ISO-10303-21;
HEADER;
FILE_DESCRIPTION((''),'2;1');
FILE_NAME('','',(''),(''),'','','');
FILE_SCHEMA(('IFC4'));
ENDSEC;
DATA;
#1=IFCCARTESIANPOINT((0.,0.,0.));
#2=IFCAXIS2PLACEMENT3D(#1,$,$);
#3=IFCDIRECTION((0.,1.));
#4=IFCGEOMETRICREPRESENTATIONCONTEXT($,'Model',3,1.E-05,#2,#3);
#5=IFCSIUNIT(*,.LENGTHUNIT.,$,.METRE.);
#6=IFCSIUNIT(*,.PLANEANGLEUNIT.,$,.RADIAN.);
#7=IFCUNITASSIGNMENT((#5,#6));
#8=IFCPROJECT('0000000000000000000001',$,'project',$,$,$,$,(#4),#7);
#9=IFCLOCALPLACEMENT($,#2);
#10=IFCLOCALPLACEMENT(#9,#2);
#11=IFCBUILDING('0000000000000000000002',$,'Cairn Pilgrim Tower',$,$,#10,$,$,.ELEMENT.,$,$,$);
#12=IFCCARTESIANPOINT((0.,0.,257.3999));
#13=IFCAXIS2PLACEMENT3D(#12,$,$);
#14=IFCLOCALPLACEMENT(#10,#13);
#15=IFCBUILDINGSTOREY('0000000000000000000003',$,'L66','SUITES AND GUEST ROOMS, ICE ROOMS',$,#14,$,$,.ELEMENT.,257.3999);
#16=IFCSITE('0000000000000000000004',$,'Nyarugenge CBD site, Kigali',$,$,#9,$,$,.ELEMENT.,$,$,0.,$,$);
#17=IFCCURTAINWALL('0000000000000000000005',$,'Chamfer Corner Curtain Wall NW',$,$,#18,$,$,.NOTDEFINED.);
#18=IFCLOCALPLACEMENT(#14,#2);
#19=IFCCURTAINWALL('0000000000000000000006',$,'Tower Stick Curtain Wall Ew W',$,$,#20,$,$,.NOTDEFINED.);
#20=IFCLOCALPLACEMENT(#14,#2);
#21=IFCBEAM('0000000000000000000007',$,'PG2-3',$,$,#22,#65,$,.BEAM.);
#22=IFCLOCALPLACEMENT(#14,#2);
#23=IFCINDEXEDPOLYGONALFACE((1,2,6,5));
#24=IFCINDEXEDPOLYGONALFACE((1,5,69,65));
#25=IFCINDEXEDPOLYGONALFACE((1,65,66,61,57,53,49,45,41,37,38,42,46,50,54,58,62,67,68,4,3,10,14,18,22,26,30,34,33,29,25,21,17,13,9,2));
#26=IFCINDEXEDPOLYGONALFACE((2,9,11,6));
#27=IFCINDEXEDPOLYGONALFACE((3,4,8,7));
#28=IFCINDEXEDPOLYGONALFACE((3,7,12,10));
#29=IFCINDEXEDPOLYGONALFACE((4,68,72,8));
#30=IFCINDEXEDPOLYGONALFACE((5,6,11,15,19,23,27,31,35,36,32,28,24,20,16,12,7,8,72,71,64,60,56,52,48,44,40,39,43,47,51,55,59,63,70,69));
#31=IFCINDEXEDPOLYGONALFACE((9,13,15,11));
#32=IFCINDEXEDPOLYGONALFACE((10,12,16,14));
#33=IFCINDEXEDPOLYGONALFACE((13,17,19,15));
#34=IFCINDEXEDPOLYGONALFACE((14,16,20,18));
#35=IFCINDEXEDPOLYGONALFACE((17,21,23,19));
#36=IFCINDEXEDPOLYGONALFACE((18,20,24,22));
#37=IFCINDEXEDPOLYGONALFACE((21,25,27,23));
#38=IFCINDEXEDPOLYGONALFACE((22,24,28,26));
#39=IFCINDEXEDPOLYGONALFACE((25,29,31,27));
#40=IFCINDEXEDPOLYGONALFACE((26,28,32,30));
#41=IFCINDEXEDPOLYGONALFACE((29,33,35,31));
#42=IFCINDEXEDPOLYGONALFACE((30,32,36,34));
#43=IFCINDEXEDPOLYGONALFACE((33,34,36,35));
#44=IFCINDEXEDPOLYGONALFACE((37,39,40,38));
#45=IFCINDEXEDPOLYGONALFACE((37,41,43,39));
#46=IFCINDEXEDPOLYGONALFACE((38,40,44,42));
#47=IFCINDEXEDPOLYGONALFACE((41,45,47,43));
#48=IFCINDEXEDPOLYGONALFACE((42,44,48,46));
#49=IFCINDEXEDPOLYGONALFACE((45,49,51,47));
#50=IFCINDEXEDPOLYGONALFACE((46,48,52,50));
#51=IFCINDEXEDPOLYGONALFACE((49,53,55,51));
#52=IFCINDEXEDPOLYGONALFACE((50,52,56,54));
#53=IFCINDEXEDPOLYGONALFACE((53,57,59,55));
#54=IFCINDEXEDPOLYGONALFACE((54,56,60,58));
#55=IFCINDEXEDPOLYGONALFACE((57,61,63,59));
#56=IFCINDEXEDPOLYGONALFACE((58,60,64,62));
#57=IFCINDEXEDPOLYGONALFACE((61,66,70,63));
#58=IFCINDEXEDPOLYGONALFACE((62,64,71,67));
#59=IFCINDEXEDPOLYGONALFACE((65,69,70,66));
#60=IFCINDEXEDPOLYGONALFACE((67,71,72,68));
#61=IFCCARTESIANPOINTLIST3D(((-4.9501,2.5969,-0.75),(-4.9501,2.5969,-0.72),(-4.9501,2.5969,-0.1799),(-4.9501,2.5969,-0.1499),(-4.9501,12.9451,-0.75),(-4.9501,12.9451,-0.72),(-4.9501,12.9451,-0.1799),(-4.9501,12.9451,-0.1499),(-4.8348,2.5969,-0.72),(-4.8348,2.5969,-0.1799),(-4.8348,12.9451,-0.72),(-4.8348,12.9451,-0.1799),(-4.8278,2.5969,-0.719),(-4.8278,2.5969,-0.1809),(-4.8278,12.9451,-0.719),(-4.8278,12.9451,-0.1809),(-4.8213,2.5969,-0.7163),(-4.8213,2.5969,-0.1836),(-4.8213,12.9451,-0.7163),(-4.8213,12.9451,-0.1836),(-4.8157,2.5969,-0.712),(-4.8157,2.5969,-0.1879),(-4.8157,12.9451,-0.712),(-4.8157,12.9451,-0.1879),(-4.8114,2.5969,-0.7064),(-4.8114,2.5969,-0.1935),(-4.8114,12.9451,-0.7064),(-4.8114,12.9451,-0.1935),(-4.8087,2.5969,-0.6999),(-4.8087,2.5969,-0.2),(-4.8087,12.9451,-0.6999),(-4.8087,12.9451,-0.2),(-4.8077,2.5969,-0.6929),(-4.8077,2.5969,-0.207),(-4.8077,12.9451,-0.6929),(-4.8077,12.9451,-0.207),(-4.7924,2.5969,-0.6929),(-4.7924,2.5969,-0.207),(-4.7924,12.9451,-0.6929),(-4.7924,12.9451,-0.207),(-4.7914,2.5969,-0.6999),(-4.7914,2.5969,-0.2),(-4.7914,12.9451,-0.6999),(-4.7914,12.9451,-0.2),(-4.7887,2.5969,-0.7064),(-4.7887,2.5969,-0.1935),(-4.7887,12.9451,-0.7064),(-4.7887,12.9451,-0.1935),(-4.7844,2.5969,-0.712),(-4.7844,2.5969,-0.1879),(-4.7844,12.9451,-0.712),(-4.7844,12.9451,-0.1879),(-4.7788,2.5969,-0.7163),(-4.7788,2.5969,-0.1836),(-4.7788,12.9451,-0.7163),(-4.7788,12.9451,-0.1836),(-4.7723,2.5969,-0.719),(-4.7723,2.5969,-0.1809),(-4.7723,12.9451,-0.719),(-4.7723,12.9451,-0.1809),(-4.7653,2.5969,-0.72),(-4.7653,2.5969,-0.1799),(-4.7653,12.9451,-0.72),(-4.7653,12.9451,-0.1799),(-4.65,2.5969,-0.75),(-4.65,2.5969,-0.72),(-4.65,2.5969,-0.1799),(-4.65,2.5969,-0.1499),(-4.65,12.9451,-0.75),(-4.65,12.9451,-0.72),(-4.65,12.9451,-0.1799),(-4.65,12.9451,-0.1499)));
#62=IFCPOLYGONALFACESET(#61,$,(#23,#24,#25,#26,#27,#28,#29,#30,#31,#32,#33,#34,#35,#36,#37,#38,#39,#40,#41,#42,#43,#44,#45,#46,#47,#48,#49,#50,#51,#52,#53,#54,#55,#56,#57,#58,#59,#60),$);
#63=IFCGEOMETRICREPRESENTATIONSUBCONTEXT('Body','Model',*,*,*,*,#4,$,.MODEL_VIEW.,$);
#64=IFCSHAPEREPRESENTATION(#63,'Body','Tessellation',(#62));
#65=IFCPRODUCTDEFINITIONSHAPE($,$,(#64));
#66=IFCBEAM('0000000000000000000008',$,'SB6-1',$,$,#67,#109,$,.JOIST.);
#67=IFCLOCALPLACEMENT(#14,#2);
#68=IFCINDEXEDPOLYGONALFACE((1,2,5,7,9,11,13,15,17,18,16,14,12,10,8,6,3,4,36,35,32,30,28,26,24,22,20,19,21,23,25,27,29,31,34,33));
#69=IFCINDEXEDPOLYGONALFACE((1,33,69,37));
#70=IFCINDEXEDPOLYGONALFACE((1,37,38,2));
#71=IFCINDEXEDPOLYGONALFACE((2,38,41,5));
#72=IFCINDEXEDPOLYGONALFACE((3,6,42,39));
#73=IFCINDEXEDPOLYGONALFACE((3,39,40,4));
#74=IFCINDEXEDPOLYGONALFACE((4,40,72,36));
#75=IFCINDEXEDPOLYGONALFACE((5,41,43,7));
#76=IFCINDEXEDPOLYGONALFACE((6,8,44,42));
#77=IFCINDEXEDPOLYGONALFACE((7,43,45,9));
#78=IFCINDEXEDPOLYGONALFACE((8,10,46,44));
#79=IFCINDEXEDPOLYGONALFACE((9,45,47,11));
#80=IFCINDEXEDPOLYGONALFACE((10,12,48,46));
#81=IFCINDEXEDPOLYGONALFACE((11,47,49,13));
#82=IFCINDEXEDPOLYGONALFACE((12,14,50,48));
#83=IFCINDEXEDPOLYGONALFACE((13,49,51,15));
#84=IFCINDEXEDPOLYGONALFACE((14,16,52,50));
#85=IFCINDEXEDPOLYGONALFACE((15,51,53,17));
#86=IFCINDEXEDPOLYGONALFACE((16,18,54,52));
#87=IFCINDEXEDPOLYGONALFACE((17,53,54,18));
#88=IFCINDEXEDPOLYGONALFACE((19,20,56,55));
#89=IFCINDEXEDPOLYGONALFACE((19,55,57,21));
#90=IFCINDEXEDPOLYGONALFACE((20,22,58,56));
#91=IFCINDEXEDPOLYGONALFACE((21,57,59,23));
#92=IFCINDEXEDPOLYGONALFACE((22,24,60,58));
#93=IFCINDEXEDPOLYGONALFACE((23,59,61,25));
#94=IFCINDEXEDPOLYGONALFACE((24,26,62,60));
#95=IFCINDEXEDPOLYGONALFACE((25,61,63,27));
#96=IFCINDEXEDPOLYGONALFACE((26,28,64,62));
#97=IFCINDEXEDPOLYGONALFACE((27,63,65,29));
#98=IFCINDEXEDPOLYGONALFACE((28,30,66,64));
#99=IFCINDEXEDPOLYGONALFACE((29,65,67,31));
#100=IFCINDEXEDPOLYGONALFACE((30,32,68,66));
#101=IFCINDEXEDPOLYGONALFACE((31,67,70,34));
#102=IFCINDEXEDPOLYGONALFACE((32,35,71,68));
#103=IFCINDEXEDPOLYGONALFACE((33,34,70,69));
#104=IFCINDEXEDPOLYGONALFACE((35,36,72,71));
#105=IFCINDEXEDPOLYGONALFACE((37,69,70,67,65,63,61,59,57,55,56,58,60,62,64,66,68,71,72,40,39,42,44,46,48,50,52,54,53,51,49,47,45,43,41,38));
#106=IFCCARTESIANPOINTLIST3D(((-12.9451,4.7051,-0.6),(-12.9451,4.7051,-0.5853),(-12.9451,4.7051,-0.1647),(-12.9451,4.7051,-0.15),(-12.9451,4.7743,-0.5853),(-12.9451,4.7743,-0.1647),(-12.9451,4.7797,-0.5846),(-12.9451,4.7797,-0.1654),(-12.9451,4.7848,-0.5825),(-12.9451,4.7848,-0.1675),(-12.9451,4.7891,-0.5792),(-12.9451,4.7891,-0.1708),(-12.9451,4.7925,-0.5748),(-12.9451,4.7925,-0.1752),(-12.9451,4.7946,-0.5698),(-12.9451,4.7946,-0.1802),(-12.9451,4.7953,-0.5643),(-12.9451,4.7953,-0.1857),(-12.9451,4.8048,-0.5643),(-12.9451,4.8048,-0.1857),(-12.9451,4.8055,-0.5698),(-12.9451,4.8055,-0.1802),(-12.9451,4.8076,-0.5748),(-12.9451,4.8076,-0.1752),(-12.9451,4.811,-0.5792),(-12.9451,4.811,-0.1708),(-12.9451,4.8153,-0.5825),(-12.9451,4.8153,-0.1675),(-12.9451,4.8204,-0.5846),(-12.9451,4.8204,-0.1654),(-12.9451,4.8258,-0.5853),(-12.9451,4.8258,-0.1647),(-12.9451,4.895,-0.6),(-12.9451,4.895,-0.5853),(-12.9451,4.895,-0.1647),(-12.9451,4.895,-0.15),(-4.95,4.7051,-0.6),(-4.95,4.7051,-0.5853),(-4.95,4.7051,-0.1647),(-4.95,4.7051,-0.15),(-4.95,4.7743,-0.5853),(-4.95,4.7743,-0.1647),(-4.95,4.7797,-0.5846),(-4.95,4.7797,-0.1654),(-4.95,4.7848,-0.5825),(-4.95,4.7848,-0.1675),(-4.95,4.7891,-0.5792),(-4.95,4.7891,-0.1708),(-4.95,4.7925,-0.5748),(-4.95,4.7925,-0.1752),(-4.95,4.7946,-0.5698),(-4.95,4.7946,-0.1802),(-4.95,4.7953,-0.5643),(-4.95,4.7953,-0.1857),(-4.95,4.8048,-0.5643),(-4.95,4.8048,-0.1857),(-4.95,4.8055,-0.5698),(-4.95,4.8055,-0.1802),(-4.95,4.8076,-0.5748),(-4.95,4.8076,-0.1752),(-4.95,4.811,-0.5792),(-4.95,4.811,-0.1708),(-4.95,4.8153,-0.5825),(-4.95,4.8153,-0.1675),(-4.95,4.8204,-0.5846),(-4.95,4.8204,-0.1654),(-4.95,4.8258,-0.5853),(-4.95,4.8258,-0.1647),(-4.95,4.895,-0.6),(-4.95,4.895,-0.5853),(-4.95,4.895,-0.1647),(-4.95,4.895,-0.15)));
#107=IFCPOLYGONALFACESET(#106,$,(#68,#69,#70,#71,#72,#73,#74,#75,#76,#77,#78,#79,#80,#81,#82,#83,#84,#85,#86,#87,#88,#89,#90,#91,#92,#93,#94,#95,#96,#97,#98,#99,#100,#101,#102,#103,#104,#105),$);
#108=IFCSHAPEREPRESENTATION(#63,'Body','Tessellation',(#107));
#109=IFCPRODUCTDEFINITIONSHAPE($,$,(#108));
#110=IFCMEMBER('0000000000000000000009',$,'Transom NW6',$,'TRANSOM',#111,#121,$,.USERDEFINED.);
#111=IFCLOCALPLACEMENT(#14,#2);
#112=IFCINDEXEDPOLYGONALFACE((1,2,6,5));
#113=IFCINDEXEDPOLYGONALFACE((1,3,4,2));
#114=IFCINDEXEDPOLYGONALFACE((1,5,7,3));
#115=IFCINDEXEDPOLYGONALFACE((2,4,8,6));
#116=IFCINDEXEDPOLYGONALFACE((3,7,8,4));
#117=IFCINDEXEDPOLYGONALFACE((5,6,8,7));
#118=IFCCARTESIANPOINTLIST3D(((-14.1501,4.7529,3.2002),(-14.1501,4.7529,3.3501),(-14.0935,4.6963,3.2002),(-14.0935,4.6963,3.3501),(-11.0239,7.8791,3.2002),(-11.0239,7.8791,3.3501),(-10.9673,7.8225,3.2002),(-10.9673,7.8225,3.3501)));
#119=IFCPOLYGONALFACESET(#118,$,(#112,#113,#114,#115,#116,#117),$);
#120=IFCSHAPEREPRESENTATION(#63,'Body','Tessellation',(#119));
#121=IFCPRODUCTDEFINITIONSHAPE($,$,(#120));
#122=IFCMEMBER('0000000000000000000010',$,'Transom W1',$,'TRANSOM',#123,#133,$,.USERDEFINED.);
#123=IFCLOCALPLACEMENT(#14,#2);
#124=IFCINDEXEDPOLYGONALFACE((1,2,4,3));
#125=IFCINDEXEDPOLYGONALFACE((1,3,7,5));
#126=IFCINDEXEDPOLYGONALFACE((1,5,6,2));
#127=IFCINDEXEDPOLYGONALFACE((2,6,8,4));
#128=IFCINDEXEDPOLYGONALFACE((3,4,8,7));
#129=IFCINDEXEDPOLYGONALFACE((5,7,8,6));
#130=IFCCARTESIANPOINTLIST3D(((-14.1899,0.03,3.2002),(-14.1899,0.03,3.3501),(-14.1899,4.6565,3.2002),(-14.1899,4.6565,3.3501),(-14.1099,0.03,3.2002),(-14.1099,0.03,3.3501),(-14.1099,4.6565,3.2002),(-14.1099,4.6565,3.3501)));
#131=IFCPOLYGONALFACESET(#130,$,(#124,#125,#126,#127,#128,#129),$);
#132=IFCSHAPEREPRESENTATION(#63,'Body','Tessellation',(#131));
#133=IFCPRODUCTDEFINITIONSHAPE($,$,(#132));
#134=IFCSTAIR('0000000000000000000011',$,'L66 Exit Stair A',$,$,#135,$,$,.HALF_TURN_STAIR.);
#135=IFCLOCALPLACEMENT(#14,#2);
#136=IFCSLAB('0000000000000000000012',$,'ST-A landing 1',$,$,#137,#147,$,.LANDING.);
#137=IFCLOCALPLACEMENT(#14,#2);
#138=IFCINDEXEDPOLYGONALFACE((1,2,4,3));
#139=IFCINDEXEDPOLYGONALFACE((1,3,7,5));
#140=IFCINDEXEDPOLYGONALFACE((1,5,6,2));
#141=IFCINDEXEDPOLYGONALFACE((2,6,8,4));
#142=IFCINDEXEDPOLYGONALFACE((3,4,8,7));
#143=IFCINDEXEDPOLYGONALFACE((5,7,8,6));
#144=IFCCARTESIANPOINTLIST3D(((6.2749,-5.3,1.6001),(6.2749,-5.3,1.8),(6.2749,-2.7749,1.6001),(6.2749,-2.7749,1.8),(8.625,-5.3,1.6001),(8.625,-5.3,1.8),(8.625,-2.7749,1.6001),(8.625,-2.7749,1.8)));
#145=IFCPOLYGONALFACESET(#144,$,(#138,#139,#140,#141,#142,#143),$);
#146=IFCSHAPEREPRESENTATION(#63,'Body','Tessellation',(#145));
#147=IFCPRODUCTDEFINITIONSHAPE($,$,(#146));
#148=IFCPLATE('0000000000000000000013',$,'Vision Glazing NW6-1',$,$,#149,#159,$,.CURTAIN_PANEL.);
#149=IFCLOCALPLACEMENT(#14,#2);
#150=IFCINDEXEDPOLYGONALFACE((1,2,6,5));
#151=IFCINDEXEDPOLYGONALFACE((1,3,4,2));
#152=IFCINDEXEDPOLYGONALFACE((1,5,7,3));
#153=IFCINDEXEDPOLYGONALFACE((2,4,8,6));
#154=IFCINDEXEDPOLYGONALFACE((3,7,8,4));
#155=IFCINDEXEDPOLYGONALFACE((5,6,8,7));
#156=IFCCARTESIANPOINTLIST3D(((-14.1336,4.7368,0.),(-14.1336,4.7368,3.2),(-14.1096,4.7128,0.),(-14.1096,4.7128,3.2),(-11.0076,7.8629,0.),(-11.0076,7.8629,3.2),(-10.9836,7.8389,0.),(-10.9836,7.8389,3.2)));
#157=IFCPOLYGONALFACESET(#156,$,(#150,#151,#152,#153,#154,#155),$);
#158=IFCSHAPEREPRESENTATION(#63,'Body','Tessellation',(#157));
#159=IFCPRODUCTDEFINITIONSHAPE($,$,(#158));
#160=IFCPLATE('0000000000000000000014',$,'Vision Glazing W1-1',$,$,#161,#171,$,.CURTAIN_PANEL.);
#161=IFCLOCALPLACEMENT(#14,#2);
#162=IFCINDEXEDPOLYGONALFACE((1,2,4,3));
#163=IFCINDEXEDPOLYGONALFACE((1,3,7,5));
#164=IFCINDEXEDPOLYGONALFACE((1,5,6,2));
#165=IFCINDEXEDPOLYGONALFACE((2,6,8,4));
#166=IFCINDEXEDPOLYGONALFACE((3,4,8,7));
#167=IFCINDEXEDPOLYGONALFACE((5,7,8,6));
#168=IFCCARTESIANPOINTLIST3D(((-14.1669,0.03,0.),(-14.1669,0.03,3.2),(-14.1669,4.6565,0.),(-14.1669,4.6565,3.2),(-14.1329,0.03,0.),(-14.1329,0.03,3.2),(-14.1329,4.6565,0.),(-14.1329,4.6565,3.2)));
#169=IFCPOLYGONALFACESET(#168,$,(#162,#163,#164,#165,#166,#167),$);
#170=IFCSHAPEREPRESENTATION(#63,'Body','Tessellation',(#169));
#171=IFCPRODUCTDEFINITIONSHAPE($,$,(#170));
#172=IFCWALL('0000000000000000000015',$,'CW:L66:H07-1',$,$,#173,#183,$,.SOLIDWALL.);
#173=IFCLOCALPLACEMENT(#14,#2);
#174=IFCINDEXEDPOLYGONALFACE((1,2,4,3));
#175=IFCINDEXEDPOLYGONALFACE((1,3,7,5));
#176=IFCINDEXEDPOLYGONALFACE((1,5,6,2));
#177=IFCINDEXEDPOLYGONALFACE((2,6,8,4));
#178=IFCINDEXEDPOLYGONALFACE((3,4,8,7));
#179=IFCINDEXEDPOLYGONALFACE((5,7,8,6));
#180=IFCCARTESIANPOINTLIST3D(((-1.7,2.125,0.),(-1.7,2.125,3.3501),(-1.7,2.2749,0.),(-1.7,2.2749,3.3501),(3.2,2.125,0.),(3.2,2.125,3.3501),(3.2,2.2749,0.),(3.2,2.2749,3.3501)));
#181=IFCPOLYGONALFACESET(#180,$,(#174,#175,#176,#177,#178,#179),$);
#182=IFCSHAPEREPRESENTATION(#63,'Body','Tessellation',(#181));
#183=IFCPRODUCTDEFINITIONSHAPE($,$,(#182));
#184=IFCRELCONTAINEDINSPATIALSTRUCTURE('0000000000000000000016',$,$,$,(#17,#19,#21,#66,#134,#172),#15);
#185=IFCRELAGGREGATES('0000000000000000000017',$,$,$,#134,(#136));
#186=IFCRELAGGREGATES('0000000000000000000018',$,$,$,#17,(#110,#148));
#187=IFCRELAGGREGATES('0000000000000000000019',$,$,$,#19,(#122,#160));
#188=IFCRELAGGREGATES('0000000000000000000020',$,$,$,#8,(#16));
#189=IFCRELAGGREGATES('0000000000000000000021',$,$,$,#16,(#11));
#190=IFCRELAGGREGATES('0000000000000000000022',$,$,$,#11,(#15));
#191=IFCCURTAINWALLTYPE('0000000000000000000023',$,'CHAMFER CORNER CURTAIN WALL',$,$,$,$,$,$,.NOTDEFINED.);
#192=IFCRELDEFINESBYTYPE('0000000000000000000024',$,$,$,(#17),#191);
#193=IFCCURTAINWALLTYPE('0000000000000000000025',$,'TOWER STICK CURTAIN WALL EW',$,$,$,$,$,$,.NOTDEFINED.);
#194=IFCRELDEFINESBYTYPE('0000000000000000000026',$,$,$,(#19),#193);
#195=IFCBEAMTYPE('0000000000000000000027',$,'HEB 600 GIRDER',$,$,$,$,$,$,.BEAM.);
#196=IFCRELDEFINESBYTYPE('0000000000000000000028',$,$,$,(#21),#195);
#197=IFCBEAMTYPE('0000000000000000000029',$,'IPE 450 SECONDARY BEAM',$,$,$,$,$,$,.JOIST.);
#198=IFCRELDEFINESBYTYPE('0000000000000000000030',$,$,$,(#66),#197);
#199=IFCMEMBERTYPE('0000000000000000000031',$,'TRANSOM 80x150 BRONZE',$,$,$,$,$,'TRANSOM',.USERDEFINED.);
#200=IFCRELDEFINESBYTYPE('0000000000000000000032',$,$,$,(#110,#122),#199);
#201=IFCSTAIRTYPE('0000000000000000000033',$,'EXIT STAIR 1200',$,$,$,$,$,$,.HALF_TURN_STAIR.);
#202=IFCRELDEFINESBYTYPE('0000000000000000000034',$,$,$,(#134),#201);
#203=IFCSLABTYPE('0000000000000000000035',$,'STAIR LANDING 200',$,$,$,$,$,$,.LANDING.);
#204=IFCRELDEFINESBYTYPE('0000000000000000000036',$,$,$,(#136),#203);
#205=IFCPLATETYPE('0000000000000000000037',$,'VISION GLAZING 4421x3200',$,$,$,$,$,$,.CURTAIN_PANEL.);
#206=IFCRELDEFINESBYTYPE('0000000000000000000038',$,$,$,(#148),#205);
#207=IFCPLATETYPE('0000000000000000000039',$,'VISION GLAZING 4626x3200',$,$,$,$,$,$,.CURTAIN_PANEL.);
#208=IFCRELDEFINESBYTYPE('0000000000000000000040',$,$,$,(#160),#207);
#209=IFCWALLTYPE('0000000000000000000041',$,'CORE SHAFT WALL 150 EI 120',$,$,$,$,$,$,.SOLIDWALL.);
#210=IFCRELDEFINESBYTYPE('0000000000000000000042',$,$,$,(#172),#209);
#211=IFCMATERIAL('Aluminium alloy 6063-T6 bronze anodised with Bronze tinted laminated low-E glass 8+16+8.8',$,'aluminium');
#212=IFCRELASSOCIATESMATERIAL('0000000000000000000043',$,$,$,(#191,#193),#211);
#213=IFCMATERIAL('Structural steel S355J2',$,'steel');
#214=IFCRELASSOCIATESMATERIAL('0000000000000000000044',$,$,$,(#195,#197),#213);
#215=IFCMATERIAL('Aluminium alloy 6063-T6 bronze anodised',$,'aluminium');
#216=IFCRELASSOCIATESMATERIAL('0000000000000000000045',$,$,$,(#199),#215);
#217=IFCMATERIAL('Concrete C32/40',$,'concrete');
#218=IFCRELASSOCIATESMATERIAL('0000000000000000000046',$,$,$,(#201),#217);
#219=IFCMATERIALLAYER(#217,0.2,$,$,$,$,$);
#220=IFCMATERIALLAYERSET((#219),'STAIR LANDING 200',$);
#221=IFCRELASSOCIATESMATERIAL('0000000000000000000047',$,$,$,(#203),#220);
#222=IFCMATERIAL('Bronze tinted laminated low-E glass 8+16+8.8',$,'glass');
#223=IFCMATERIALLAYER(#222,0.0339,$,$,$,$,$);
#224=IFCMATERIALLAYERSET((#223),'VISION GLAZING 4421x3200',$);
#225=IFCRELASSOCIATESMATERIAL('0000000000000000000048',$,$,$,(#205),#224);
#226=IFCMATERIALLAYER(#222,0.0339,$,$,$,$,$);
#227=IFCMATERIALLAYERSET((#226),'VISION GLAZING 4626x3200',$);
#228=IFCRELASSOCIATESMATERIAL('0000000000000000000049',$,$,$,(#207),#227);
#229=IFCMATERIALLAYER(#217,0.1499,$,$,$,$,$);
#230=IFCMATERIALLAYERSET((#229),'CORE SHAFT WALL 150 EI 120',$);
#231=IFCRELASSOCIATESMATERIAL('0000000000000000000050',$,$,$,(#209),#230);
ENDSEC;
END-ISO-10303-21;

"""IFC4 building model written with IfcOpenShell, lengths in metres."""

from ifc_helpers import new_model, si_unit, direction, frame, frame_2d, origin, origin_2d, place, context, subcontext, project, spatial, polyline, rectangle, i_section, outline, extrude, material, layer, layer_set, material_profile, profile_set, type_object, element, aggregate, save


model = new_model("IFC4")

# Units and contexts
model_context = context("Model", 3, precision=1e-05, world=origin(), true_north=direction((0.0, 1.0)))
body_context = subcontext(model_context, "Body", "Model", "MODEL_VIEW")
ifc_project = project(units=[si_unit("LENGTHUNIT", "METRE"), si_unit("PLANEANGLEUNIT", "RADIAN")], contexts=[model_context])

# Site, building, storey
site_placement = place(None, origin())
site = spatial("IfcSite", under=ifc_project, at=site_placement, Name="Nyarugenge CBD site, Kigali", CompositionType="ELEMENT", RefElevation=0.0)
building_placement = place(site_placement, origin())
building = spatial("IfcBuilding", under=site, at=building_placement, Name="Cairn Pilgrim Tower", CompositionType="ELEMENT")
storey_placement = place(building_placement, frame((0.0, 0.0, 257.3999)))
storey = spatial("IfcBuildingStorey", under=building, at=storey_placement, Name="L66", Description="SUITES AND GUEST ROOMS, ICE ROOMS", CompositionType="ELEMENT", Elevation=257.3999)

# Shared definitions
ifc_material_1 = material(Name="Structural steel S355J2", Category="steel")

# Curtain walls
ifc_material_2 = material(Name="Aluminium alloy 6063-T6 bronze anodised with Bronze tinted laminated low-E glass 8+16+8.8", Category="aluminium")
curtain_wall_type_1 = type_object("IfcCurtainWallType", Name="CHAMFER CORNER CURTAIN WALL", PredefinedType="NOTDEFINED", material=ifc_material_2)
curtain_wall_1_placement = place(storey_placement, origin())
curtain_wall_1 = element("IfcCurtainWall", 1, at=curtain_wall_1_placement, inside=storey, type_object=curtain_wall_type_1, Name="Chamfer Corner Curtain Wall NW", PredefinedType="NOTDEFINED")
ifc_material_3 = material(Name="Aluminium alloy 6063-T6 bronze anodised", Category="aluminium")
curtain_wall_type_2 = type_object("IfcCurtainWallType", Name="TOWER STICK CURTAIN WALL EW", PredefinedType="NOTDEFINED", material=ifc_material_2)
curtain_wall_2_placement = place(storey_placement, origin())
curtain_wall_2 = element("IfcCurtainWall", 2, at=curtain_wall_2_placement, inside=storey, type_object=curtain_wall_type_2, Name="Tower Stick Curtain Wall Ew W", PredefinedType="NOTDEFINED")

# Beams
ifc_material_profile_1 = material_profile(ifc_material_1, i_section(OverallWidth=0.3, OverallDepth=0.6001, WebThickness=0.0154, FlangeThickness=0.03, FilletRadius=0.0271, at=origin_2d()), Name="HEB 600")
ifc_profile_set_1 = profile_set([ifc_material_profile_1], Name="Structural steel S355J2")
beam_type_1 = type_object("IfcBeamType", Name="HEB 600 GIRDER", PredefinedType="BEAM", material=ifc_profile_set_1)
beam_1_placement = place(storey_placement, frame((-4.8, 2.5969, -0.45), z_axis=(0.0, 1.0, 0.0), x_axis=(-1.0, 0.0, 0.0)))
element("IfcBeam", 3, at=beam_1_placement, inside=storey, type_object=beam_type_1, Name="PG2-3", PredefinedType="BEAM", context=body_context, shape_type="SweptSolid", body=[
    extrude(i_section(OverallWidth=0.3, OverallDepth=0.6001, WebThickness=0.0154, FlangeThickness=0.03, FilletRadius=0.0271, at=origin_2d()), origin(), (0.0, 0.0, 1.0), 10.3481),
])
ifc_material_profile_2 = material_profile(ifc_material_1, i_section(OverallWidth=0.1899, OverallDepth=0.45, WebThickness=0.0095, FlangeThickness=0.0146, FilletRadius=0.021, at=origin_2d()), Name="IPE 450")
ifc_profile_set_2 = profile_set([ifc_material_profile_2], Name="Structural steel S355J2")
beam_type_2 = type_object("IfcBeamType", Name="IPE 450 SECONDARY BEAM", PredefinedType="JOIST", material=ifc_profile_set_2)
beam_2_placement = place(storey_placement, frame((-12.9451, 4.8, -0.375), z_axis=(1.0, 0.0, 0.0), x_axis=(0.0, 1.0, 0.0)))
element("IfcBeam", 4, at=beam_2_placement, inside=storey, type_object=beam_type_2, Name="SB6-1", PredefinedType="JOIST", context=body_context, shape_type="SweptSolid", body=[
    extrude(i_section(OverallWidth=0.1899, OverallDepth=0.45, WebThickness=0.0095, FlangeThickness=0.0146, FilletRadius=0.021, at=origin_2d()), origin(), (0.0, 0.0, 1.0), 7.9951),
])

# Members
ifc_material_profile_3 = material_profile(ifc_material_3, rectangle(XDim=0.0801, YDim=0.1499, at=origin_2d()), Name="TRANSOM 80x150 BRONZE")
ifc_profile_set_3 = profile_set([ifc_material_profile_3], Name="Aluminium alloy 6063-T6 bronze anodised")
member_type_1 = type_object("IfcMemberType", Name="TRANSOM 80x150 BRONZE", ElementType="TRANSOM", PredefinedType="USERDEFINED", material=ifc_profile_set_3)
member_1_placement = place(storey_placement, frame((-10.9956, 7.8508, 3.2751), z_axis=(-0.707107, -0.707107, 0.0), x_axis=(0.707107, -0.707107, 0.0)))
member_1 = element("IfcMember", 5, at=member_1_placement, type_object=member_type_1, Name="Transom NW6", ObjectType="TRANSOM", PredefinedType="USERDEFINED", context=body_context, shape_type="SweptSolid", body=[
    extrude(rectangle(XDim=0.0801, YDim=0.1499, at=origin_2d()), origin(), (0.0, 0.0, 1.0), 4.4211),
])
member_2_placement = place(storey_placement, frame((-14.1499, 4.6565, 3.2751), z_axis=(0.0, -1.0, 0.0), x_axis=(1.0, 0.0, 0.0)))
member_2 = element("IfcMember", 6, at=member_2_placement, type_object=member_type_1, Name="Transom W1", ObjectType="TRANSOM", PredefinedType="USERDEFINED", context=body_context, shape_type="SweptSolid", body=[
    extrude(rectangle(XDim=0.0801, YDim=0.1499, at=origin_2d()), origin(), (0.0, 0.0, 1.0), 4.6265),
])

# Stair, slab
ifc_material_4 = material(Name="Concrete C32/40", Category="concrete")
stair_type = type_object("IfcStairType", Name="EXIT STAIR 1200", PredefinedType="HALF_TURN_STAIR", material=ifc_material_4)
stair_placement = place(storey_placement, origin())
stair = element("IfcStair", 7, at=stair_placement, inside=storey, type_object=stair_type, Name="L66 Exit Stair A", PredefinedType="HALF_TURN_STAIR")
ifc_layer_1 = layer(ifc_material_4, 0.2)
ifc_layer_set_1 = layer_set([ifc_layer_1], Name="STAIR LANDING 200")
slab_type_1 = type_object("IfcSlabType", Name="STAIR LANDING 200", PredefinedType="LANDING", material=ifc_layer_set_1)
slab_1_placement = place(storey_placement, frame((0.0, 0.0, 1.6001)))
slab_1 = element("IfcSlab", 8, at=slab_1_placement, type_object=slab_type_1, Name="ST-A landing 1", PredefinedType="LANDING", context=body_context, shape_type="SweptSolid", body=[
    extrude(outline(polyline([(8.625, -2.7749), (6.2749, -2.7749), (6.2749, -5.3), (8.625, -5.3), (8.625, -2.7749)])), origin(), (0.0, 0.0, 1.0), 0.2),
])
aggregate(stair, [slab_1])

# Plates
ifc_material_5 = material(Name="Bronze tinted laminated low-E glass 8+16+8.8", Category="glass")
ifc_layer_2 = layer(ifc_material_5, 0.0339)
ifc_layer_set_2 = layer_set([ifc_layer_2], Name="VISION GLAZING 4421x3200")
plate_type_1 = type_object("IfcPlateType", Name="VISION GLAZING 4421x3200", PredefinedType="CURTAIN_PANEL", material=ifc_layer_set_2)
plate_1_placement = place(storey_placement, frame((-12.5586, 6.2878, 0.0), z_axis=(0.0, 0.0, 1.0), x_axis=(-0.707107, -0.707107, 0.0)))
plate_1 = element("IfcPlate", 9, at=plate_1_placement, type_object=plate_type_1, Name="Vision Glazing NW6-1", PredefinedType="CURTAIN_PANEL", context=body_context, shape_type="SweptSolid", body=[
    extrude(rectangle(XDim=4.4209, YDim=0.0339, at=origin_2d()), origin(), (0.0, 0.0, 1.0), 3.2),
])
aggregate(curtain_wall_1, [member_1, plate_1])
ifc_layer_3 = layer(ifc_material_5, 0.0339)
ifc_layer_set_3 = layer_set([ifc_layer_3], Name="VISION GLAZING 4626x3200")
plate_type_2 = type_object("IfcPlateType", Name="VISION GLAZING 4626x3200", PredefinedType="CURTAIN_PANEL", material=ifc_layer_set_3)
plate_2_placement = place(storey_placement, frame((-14.1499, 2.3433, 0.0), z_axis=(0.0, 0.0, 1.0), x_axis=(0.0, -1.0, 0.0)))
plate_2 = element("IfcPlate", 10, at=plate_2_placement, type_object=plate_type_2, Name="Vision Glazing W1-1", PredefinedType="CURTAIN_PANEL", context=body_context, shape_type="SweptSolid", body=[
    extrude(rectangle(XDim=4.6265, YDim=0.0339, at=origin_2d()), origin(), (0.0, 0.0, 1.0), 3.2),
])
aggregate(curtain_wall_2, [member_2, plate_2])

# Wall
ifc_layer_4 = layer(ifc_material_4, 0.1499)
ifc_layer_set_4 = layer_set([ifc_layer_4], Name="CORE SHAFT WALL 150 EI 120")
wall_type_1 = type_object("IfcWallType", Name="CORE SHAFT WALL 150 EI 120", PredefinedType="SOLIDWALL", material=ifc_layer_set_4)
wall_1_placement = place(storey_placement, frame((-1.7, 2.2, 0.0), z_axis=(0.0, 0.0, 1.0), x_axis=(1.0, 0.0, 0.0)))
element("IfcWall", 11, at=wall_1_placement, inside=storey, type_object=wall_type_1, Name="CW:L66:H07-1", PredefinedType="SOLIDWALL", context=body_context, shape_type="SweptSolid", body=[
    extrude(rectangle(XDim=4.8999, YDim=0.1499, at=frame_2d((2.45, 0.0))), origin(), (0.0, 0.0, 1.0), 3.3501),
])

save(model, "model.ifc")
